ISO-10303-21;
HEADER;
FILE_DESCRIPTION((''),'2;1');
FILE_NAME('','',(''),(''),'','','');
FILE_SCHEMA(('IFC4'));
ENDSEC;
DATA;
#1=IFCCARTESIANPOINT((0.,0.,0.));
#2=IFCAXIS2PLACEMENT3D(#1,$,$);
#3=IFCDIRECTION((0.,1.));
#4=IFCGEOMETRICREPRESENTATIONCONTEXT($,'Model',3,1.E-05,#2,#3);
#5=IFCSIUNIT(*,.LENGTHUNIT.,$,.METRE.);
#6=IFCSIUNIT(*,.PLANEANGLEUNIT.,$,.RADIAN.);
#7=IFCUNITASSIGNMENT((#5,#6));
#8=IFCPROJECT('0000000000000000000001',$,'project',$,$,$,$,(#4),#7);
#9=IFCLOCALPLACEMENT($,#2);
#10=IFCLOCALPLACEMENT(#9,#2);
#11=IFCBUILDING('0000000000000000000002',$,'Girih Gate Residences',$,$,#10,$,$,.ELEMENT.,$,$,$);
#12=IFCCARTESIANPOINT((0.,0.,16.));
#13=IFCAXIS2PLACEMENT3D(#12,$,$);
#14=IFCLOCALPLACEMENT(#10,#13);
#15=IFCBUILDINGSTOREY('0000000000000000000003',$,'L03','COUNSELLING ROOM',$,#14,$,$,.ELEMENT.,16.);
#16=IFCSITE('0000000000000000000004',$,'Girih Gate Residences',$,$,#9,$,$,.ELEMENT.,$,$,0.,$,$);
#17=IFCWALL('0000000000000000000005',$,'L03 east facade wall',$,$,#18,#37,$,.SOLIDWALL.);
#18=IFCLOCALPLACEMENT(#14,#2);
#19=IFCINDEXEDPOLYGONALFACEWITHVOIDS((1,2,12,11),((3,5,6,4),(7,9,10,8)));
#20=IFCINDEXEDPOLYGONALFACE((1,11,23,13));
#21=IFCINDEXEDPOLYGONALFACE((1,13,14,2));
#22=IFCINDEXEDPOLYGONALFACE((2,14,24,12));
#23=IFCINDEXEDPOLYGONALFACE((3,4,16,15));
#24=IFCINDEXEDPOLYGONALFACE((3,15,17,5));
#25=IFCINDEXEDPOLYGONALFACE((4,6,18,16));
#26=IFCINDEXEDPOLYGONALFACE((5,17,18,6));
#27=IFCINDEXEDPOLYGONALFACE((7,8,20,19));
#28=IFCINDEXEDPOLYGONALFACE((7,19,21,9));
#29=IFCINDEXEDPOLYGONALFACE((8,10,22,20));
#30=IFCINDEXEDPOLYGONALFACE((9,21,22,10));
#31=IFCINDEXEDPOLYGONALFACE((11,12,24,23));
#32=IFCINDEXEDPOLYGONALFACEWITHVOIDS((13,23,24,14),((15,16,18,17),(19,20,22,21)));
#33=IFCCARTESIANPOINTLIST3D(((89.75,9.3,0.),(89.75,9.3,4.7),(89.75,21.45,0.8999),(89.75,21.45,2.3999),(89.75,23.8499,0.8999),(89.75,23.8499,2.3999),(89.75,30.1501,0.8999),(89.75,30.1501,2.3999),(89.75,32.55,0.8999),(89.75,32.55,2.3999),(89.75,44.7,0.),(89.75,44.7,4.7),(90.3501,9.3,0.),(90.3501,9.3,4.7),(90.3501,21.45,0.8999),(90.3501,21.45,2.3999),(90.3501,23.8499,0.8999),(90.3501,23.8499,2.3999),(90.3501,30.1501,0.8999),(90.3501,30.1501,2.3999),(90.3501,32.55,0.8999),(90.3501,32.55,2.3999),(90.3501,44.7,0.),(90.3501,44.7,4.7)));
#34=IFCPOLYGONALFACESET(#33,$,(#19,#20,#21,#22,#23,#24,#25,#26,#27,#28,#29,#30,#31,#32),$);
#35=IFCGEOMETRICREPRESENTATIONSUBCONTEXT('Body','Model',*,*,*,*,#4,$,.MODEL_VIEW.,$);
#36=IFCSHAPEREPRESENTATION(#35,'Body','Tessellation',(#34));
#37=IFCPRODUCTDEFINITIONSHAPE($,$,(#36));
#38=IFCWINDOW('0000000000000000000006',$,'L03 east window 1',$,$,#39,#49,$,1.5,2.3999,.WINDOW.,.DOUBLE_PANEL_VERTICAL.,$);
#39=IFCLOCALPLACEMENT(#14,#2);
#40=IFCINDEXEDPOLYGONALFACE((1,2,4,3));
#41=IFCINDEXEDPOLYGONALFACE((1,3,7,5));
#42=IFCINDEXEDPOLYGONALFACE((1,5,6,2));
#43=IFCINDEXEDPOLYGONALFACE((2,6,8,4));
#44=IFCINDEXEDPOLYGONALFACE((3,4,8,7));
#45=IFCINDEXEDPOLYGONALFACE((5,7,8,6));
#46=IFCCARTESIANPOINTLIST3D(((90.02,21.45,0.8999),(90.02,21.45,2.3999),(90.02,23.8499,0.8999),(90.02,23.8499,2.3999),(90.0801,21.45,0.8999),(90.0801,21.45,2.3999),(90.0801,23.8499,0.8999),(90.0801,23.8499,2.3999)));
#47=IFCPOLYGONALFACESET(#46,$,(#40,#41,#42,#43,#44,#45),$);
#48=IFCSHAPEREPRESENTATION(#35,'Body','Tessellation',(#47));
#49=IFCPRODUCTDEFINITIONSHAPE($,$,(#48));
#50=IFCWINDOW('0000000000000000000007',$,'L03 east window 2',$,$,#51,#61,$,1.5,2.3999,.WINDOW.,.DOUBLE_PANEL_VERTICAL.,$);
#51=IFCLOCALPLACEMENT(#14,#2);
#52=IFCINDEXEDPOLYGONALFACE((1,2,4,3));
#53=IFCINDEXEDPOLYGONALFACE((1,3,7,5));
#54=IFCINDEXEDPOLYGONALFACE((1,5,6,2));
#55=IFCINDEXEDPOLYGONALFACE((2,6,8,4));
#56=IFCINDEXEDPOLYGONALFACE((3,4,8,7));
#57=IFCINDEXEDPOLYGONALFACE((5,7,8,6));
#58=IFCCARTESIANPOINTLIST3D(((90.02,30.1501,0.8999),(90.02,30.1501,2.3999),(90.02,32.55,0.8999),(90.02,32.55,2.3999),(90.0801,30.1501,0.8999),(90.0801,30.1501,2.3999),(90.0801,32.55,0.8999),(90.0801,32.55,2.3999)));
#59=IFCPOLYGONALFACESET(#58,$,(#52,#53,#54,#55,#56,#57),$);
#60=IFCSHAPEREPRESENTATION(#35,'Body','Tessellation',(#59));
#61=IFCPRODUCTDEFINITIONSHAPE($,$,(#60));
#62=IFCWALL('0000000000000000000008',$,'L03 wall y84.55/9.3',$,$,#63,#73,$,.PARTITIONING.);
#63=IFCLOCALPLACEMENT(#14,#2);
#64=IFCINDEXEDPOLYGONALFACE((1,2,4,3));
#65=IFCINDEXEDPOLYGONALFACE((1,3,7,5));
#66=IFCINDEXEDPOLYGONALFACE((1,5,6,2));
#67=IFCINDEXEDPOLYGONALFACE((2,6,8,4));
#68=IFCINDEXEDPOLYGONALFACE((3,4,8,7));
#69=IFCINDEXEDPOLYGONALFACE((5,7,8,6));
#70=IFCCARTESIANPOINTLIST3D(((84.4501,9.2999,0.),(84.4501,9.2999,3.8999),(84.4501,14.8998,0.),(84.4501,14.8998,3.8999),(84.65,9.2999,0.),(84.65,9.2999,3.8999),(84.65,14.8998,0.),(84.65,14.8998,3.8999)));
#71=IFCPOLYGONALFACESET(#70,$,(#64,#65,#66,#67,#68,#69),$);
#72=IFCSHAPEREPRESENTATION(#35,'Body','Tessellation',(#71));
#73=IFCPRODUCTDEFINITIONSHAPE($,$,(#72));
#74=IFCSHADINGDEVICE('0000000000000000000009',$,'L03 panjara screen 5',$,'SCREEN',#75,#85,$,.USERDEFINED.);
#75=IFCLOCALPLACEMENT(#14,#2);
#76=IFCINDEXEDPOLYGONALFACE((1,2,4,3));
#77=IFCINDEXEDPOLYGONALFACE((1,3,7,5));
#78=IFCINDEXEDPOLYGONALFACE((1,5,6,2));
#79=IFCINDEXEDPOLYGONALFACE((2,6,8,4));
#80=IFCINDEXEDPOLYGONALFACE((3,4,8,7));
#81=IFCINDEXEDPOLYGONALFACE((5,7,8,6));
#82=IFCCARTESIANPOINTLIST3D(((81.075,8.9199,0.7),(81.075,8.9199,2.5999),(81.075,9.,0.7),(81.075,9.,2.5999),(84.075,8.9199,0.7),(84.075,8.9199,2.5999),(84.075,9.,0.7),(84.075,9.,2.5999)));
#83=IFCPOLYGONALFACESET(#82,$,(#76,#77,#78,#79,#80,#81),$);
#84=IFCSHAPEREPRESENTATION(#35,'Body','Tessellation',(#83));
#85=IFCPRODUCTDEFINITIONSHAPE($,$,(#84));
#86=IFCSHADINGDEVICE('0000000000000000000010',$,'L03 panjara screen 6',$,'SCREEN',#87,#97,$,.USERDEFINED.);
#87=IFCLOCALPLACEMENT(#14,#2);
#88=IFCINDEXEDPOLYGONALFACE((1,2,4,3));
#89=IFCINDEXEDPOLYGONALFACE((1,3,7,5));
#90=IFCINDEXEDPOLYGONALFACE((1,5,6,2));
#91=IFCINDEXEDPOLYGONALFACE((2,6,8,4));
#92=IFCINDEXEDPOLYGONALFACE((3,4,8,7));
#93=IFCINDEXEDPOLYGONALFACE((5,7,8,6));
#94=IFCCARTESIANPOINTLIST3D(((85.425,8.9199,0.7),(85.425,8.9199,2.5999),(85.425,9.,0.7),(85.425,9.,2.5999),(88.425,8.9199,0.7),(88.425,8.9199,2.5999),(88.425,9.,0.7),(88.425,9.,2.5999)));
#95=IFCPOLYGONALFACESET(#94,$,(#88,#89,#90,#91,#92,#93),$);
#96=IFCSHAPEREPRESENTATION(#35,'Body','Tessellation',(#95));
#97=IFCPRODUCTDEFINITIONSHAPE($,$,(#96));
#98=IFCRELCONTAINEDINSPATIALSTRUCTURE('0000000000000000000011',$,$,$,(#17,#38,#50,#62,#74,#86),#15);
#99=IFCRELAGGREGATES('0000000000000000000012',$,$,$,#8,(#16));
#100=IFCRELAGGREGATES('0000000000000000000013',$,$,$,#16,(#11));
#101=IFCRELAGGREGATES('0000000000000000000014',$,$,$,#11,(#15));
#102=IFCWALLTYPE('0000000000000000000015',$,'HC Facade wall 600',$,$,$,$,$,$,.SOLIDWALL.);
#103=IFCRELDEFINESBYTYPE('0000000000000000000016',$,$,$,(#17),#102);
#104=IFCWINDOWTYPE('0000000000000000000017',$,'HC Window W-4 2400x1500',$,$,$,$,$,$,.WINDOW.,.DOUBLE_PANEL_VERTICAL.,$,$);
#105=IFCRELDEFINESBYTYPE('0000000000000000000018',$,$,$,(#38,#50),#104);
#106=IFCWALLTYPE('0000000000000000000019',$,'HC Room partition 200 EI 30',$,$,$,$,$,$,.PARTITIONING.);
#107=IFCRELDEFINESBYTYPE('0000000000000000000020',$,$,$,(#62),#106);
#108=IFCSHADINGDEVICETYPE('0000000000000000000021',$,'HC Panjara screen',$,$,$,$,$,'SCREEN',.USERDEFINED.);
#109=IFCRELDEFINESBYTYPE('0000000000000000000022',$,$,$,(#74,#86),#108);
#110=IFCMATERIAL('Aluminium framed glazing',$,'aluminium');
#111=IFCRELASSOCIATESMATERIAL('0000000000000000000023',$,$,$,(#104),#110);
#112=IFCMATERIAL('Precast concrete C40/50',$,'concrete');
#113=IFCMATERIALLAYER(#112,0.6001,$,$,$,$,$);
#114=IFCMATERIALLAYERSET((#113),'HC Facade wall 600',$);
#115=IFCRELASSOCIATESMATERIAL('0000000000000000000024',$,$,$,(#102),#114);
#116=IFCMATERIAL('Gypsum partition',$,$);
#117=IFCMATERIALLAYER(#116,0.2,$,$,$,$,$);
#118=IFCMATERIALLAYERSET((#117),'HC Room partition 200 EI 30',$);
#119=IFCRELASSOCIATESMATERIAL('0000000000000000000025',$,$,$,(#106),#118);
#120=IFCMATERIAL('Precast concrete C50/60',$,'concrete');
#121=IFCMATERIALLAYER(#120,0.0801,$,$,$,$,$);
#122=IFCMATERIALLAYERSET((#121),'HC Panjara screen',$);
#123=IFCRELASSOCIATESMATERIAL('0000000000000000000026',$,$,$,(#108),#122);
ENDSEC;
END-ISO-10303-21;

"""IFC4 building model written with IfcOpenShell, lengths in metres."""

from ifc_helpers import new_model, si_unit, direction, frame, frame_2d, origin, origin_2d, place, context, subcontext, project, spatial, rectangle, extrude, material, layer, layer_set, type_object, element, fill, save


model = new_model("IFC4")

# Units and contexts
model_context = context("Model", 3, precision=1e-05, world=origin(), true_north=direction((0.0, 1.0)))
body_context = subcontext(model_context, "Body", "Model", "MODEL_VIEW")
ifc_project = project(units=[si_unit("LENGTHUNIT", "METRE"), si_unit("PLANEANGLEUNIT", "RADIAN")], contexts=[model_context])

# Site, building, storey
site_placement = place(None, origin())
site = spatial("IfcSite", under=ifc_project, at=site_placement, Name="Girih Gate Residences", CompositionType="ELEMENT", RefElevation=0.0)
building_placement = place(site_placement, origin())
building = spatial("IfcBuilding", under=site, at=building_placement, Name="Girih Gate Residences", CompositionType="ELEMENT")
storey_placement = place(building_placement, frame((0.0, 0.0, 16.0)))
storey = spatial("IfcBuildingStorey", under=building, at=storey_placement, Name="L03", Description="COUNSELLING ROOM", CompositionType="ELEMENT", Elevation=16.0)

# Wall, openings, windows
ifc_material_1 = material(Name="Precast concrete C40/50", Category="concrete")
ifc_material_2 = material(Name="Aluminium framed glazing", Category="aluminium")
window_type = type_object("IfcWindowType", Name="HC Window W-4 2400x1500", PartitioningType="DOUBLE_PANEL_VERTICAL", PredefinedType="WINDOW", material=ifc_material_2)
ifc_layer_1 = layer(ifc_material_1, 0.6001)
ifc_layer_set_1 = layer_set([ifc_layer_1], Name="HC Facade wall 600")
wall_type_1 = type_object("IfcWallType", Name="HC Facade wall 600", PredefinedType="SOLIDWALL", material=ifc_layer_set_1)
wall_1_placement = place(storey_placement, frame((90.05, 9.3, 0.0), z_axis=(0.0, 0.0, 1.0), x_axis=(0.0, 1.0, 0.0)))
wall_1 = element("IfcWall", 1, at=wall_1_placement, inside=storey, type_object=wall_type_1, Name="L03 east facade wall", PredefinedType="SOLIDWALL", context=body_context, shape_type="SweptSolid", body=[
    extrude(rectangle(XDim=35.3999, YDim=0.6001, at=frame_2d((17.7, 0.0))), origin(), (0.0, 0.0, 1.0), 4.7),
])
opening_1_placement = place(wall_1_placement, frame((12.1499, 0.0, 0.8999)))
opening_1 = element("IfcOpeningElement", 2, at=opening_1_placement, cuts=wall_1, PredefinedType="OPENING", context=body_context, shape_type="SweptSolid", body=[
    extrude(rectangle(XDim=2.3999, YDim=1.5, at=frame_2d((1.2, 0.75))), frame((0.0, 0.3101, 0.0), z_axis=(0.0, -1.0, 0.0), x_axis=(1.0, 0.0, 0.0)), (0.0, 0.0, 1.0), 0.6201),
])
opening_2_placement = place(wall_1_placement, frame((20.8501, 0.0, 0.8999)))
opening_2 = element("IfcOpeningElement", 3, at=opening_2_placement, cuts=wall_1, PredefinedType="OPENING", context=body_context, shape_type="SweptSolid", body=[
    extrude(rectangle(XDim=2.3999, YDim=1.5, at=frame_2d((1.2, 0.75))), frame((0.0, 0.3101, 0.0), z_axis=(0.0, -1.0, 0.0), x_axis=(1.0, 0.0, 0.0)), (0.0, 0.0, 1.0), 0.6201),
])
window_1_placement = place(opening_1_placement, origin())
window_1 = element("IfcWindow", 4, at=window_1_placement, inside=storey, type_object=window_type, Name="L03 east window 1", OverallHeight=1.5, OverallWidth=2.3999, PartitioningType="DOUBLE_PANEL_VERTICAL", PredefinedType="WINDOW", context=body_context, shape_type="SweptSolid", body=[
    extrude(rectangle(XDim=2.3999, YDim=1.5, at=frame_2d((1.2, 0.75))), frame((0.0, 0.03, 0.0), z_axis=(0.0, -1.0, 0.0), x_axis=(1.0, 0.0, 0.0)), (0.0, 0.0, 1.0), 0.0601),
])
fill(opening_1, window_1)
window_2_placement = place(opening_2_placement, origin())
window_2 = element("IfcWindow", 5, at=window_2_placement, inside=storey, type_object=window_type, Name="L03 east window 2", OverallHeight=1.5, OverallWidth=2.3999, PartitioningType="DOUBLE_PANEL_VERTICAL", PredefinedType="WINDOW", context=body_context, shape_type="SweptSolid", body=[
    extrude(rectangle(XDim=2.3999, YDim=1.5, at=frame_2d((1.2, 0.75))), frame((0.0, 0.03, 0.0), z_axis=(0.0, -1.0, 0.0), x_axis=(1.0, 0.0, 0.0)), (0.0, 0.0, 1.0), 0.0601),
])
fill(opening_2, window_2)

# Wall
ifc_material_3 = material(Name="Gypsum partition")
ifc_layer_2 = layer(ifc_material_3, 0.2)
ifc_layer_set_2 = layer_set([ifc_layer_2], Name="HC Room partition 200 EI 30")
wall_type_2 = type_object("IfcWallType", Name="HC Room partition 200 EI 30", PredefinedType="PARTITIONING", material=ifc_layer_set_2)
wall_2_placement = place(storey_placement, frame((84.55, 9.3, 0.0), z_axis=(0.0, 0.0, 1.0), x_axis=(0.0, 1.0, 0.0)))
element("IfcWall", 6, at=wall_2_placement, inside=storey, type_object=wall_type_2, Name="L03 wall y84.55/9.3", PredefinedType="PARTITIONING", context=body_context, shape_type="SweptSolid", body=[
    extrude(rectangle(XDim=5.5999, YDim=0.2, at=frame_2d((2.7998, 0.0))), origin(), (0.0, 0.0, 1.0), 3.8999),
])

# Shading devices
ifc_material_4 = material(Name="Precast concrete C50/60", Category="concrete")
ifc_layer_3 = layer(ifc_material_4, 0.0801)
ifc_layer_set_3 = layer_set([ifc_layer_3], Name="HC Panjara screen")
shading_device_type = type_object("IfcShadingDeviceType", Name="HC Panjara screen", ElementType="SCREEN", PredefinedType="USERDEFINED", material=ifc_layer_set_3)
for number, where, z_axis, x_axis, name in (
    (7, (82.575, 8.96, 0.7), (0.0, 0.0, 1.0), (1.0, 0.0, 0.0), "L03 panjara screen 5"),
    (8, (86.925, 8.96, 0.7), (0.0, 0.0, 1.0), (1.0, 0.0, 0.0), "L03 panjara screen 6"),
):
    element("IfcShadingDevice", number, at=place(storey_placement, frame(where, z_axis=z_axis, x_axis=x_axis)), inside=storey, type_object=shading_device_type, Name=name, ObjectType="SCREEN", PredefinedType="USERDEFINED", context=body_context, shape_type="SweptSolid", body=[
        extrude(rectangle(XDim=3.0, YDim=0.0801, at=origin_2d()), origin(), (0.0, 0.0, 1.0), 1.8999),
    ])

save(model, "model.ifc")
